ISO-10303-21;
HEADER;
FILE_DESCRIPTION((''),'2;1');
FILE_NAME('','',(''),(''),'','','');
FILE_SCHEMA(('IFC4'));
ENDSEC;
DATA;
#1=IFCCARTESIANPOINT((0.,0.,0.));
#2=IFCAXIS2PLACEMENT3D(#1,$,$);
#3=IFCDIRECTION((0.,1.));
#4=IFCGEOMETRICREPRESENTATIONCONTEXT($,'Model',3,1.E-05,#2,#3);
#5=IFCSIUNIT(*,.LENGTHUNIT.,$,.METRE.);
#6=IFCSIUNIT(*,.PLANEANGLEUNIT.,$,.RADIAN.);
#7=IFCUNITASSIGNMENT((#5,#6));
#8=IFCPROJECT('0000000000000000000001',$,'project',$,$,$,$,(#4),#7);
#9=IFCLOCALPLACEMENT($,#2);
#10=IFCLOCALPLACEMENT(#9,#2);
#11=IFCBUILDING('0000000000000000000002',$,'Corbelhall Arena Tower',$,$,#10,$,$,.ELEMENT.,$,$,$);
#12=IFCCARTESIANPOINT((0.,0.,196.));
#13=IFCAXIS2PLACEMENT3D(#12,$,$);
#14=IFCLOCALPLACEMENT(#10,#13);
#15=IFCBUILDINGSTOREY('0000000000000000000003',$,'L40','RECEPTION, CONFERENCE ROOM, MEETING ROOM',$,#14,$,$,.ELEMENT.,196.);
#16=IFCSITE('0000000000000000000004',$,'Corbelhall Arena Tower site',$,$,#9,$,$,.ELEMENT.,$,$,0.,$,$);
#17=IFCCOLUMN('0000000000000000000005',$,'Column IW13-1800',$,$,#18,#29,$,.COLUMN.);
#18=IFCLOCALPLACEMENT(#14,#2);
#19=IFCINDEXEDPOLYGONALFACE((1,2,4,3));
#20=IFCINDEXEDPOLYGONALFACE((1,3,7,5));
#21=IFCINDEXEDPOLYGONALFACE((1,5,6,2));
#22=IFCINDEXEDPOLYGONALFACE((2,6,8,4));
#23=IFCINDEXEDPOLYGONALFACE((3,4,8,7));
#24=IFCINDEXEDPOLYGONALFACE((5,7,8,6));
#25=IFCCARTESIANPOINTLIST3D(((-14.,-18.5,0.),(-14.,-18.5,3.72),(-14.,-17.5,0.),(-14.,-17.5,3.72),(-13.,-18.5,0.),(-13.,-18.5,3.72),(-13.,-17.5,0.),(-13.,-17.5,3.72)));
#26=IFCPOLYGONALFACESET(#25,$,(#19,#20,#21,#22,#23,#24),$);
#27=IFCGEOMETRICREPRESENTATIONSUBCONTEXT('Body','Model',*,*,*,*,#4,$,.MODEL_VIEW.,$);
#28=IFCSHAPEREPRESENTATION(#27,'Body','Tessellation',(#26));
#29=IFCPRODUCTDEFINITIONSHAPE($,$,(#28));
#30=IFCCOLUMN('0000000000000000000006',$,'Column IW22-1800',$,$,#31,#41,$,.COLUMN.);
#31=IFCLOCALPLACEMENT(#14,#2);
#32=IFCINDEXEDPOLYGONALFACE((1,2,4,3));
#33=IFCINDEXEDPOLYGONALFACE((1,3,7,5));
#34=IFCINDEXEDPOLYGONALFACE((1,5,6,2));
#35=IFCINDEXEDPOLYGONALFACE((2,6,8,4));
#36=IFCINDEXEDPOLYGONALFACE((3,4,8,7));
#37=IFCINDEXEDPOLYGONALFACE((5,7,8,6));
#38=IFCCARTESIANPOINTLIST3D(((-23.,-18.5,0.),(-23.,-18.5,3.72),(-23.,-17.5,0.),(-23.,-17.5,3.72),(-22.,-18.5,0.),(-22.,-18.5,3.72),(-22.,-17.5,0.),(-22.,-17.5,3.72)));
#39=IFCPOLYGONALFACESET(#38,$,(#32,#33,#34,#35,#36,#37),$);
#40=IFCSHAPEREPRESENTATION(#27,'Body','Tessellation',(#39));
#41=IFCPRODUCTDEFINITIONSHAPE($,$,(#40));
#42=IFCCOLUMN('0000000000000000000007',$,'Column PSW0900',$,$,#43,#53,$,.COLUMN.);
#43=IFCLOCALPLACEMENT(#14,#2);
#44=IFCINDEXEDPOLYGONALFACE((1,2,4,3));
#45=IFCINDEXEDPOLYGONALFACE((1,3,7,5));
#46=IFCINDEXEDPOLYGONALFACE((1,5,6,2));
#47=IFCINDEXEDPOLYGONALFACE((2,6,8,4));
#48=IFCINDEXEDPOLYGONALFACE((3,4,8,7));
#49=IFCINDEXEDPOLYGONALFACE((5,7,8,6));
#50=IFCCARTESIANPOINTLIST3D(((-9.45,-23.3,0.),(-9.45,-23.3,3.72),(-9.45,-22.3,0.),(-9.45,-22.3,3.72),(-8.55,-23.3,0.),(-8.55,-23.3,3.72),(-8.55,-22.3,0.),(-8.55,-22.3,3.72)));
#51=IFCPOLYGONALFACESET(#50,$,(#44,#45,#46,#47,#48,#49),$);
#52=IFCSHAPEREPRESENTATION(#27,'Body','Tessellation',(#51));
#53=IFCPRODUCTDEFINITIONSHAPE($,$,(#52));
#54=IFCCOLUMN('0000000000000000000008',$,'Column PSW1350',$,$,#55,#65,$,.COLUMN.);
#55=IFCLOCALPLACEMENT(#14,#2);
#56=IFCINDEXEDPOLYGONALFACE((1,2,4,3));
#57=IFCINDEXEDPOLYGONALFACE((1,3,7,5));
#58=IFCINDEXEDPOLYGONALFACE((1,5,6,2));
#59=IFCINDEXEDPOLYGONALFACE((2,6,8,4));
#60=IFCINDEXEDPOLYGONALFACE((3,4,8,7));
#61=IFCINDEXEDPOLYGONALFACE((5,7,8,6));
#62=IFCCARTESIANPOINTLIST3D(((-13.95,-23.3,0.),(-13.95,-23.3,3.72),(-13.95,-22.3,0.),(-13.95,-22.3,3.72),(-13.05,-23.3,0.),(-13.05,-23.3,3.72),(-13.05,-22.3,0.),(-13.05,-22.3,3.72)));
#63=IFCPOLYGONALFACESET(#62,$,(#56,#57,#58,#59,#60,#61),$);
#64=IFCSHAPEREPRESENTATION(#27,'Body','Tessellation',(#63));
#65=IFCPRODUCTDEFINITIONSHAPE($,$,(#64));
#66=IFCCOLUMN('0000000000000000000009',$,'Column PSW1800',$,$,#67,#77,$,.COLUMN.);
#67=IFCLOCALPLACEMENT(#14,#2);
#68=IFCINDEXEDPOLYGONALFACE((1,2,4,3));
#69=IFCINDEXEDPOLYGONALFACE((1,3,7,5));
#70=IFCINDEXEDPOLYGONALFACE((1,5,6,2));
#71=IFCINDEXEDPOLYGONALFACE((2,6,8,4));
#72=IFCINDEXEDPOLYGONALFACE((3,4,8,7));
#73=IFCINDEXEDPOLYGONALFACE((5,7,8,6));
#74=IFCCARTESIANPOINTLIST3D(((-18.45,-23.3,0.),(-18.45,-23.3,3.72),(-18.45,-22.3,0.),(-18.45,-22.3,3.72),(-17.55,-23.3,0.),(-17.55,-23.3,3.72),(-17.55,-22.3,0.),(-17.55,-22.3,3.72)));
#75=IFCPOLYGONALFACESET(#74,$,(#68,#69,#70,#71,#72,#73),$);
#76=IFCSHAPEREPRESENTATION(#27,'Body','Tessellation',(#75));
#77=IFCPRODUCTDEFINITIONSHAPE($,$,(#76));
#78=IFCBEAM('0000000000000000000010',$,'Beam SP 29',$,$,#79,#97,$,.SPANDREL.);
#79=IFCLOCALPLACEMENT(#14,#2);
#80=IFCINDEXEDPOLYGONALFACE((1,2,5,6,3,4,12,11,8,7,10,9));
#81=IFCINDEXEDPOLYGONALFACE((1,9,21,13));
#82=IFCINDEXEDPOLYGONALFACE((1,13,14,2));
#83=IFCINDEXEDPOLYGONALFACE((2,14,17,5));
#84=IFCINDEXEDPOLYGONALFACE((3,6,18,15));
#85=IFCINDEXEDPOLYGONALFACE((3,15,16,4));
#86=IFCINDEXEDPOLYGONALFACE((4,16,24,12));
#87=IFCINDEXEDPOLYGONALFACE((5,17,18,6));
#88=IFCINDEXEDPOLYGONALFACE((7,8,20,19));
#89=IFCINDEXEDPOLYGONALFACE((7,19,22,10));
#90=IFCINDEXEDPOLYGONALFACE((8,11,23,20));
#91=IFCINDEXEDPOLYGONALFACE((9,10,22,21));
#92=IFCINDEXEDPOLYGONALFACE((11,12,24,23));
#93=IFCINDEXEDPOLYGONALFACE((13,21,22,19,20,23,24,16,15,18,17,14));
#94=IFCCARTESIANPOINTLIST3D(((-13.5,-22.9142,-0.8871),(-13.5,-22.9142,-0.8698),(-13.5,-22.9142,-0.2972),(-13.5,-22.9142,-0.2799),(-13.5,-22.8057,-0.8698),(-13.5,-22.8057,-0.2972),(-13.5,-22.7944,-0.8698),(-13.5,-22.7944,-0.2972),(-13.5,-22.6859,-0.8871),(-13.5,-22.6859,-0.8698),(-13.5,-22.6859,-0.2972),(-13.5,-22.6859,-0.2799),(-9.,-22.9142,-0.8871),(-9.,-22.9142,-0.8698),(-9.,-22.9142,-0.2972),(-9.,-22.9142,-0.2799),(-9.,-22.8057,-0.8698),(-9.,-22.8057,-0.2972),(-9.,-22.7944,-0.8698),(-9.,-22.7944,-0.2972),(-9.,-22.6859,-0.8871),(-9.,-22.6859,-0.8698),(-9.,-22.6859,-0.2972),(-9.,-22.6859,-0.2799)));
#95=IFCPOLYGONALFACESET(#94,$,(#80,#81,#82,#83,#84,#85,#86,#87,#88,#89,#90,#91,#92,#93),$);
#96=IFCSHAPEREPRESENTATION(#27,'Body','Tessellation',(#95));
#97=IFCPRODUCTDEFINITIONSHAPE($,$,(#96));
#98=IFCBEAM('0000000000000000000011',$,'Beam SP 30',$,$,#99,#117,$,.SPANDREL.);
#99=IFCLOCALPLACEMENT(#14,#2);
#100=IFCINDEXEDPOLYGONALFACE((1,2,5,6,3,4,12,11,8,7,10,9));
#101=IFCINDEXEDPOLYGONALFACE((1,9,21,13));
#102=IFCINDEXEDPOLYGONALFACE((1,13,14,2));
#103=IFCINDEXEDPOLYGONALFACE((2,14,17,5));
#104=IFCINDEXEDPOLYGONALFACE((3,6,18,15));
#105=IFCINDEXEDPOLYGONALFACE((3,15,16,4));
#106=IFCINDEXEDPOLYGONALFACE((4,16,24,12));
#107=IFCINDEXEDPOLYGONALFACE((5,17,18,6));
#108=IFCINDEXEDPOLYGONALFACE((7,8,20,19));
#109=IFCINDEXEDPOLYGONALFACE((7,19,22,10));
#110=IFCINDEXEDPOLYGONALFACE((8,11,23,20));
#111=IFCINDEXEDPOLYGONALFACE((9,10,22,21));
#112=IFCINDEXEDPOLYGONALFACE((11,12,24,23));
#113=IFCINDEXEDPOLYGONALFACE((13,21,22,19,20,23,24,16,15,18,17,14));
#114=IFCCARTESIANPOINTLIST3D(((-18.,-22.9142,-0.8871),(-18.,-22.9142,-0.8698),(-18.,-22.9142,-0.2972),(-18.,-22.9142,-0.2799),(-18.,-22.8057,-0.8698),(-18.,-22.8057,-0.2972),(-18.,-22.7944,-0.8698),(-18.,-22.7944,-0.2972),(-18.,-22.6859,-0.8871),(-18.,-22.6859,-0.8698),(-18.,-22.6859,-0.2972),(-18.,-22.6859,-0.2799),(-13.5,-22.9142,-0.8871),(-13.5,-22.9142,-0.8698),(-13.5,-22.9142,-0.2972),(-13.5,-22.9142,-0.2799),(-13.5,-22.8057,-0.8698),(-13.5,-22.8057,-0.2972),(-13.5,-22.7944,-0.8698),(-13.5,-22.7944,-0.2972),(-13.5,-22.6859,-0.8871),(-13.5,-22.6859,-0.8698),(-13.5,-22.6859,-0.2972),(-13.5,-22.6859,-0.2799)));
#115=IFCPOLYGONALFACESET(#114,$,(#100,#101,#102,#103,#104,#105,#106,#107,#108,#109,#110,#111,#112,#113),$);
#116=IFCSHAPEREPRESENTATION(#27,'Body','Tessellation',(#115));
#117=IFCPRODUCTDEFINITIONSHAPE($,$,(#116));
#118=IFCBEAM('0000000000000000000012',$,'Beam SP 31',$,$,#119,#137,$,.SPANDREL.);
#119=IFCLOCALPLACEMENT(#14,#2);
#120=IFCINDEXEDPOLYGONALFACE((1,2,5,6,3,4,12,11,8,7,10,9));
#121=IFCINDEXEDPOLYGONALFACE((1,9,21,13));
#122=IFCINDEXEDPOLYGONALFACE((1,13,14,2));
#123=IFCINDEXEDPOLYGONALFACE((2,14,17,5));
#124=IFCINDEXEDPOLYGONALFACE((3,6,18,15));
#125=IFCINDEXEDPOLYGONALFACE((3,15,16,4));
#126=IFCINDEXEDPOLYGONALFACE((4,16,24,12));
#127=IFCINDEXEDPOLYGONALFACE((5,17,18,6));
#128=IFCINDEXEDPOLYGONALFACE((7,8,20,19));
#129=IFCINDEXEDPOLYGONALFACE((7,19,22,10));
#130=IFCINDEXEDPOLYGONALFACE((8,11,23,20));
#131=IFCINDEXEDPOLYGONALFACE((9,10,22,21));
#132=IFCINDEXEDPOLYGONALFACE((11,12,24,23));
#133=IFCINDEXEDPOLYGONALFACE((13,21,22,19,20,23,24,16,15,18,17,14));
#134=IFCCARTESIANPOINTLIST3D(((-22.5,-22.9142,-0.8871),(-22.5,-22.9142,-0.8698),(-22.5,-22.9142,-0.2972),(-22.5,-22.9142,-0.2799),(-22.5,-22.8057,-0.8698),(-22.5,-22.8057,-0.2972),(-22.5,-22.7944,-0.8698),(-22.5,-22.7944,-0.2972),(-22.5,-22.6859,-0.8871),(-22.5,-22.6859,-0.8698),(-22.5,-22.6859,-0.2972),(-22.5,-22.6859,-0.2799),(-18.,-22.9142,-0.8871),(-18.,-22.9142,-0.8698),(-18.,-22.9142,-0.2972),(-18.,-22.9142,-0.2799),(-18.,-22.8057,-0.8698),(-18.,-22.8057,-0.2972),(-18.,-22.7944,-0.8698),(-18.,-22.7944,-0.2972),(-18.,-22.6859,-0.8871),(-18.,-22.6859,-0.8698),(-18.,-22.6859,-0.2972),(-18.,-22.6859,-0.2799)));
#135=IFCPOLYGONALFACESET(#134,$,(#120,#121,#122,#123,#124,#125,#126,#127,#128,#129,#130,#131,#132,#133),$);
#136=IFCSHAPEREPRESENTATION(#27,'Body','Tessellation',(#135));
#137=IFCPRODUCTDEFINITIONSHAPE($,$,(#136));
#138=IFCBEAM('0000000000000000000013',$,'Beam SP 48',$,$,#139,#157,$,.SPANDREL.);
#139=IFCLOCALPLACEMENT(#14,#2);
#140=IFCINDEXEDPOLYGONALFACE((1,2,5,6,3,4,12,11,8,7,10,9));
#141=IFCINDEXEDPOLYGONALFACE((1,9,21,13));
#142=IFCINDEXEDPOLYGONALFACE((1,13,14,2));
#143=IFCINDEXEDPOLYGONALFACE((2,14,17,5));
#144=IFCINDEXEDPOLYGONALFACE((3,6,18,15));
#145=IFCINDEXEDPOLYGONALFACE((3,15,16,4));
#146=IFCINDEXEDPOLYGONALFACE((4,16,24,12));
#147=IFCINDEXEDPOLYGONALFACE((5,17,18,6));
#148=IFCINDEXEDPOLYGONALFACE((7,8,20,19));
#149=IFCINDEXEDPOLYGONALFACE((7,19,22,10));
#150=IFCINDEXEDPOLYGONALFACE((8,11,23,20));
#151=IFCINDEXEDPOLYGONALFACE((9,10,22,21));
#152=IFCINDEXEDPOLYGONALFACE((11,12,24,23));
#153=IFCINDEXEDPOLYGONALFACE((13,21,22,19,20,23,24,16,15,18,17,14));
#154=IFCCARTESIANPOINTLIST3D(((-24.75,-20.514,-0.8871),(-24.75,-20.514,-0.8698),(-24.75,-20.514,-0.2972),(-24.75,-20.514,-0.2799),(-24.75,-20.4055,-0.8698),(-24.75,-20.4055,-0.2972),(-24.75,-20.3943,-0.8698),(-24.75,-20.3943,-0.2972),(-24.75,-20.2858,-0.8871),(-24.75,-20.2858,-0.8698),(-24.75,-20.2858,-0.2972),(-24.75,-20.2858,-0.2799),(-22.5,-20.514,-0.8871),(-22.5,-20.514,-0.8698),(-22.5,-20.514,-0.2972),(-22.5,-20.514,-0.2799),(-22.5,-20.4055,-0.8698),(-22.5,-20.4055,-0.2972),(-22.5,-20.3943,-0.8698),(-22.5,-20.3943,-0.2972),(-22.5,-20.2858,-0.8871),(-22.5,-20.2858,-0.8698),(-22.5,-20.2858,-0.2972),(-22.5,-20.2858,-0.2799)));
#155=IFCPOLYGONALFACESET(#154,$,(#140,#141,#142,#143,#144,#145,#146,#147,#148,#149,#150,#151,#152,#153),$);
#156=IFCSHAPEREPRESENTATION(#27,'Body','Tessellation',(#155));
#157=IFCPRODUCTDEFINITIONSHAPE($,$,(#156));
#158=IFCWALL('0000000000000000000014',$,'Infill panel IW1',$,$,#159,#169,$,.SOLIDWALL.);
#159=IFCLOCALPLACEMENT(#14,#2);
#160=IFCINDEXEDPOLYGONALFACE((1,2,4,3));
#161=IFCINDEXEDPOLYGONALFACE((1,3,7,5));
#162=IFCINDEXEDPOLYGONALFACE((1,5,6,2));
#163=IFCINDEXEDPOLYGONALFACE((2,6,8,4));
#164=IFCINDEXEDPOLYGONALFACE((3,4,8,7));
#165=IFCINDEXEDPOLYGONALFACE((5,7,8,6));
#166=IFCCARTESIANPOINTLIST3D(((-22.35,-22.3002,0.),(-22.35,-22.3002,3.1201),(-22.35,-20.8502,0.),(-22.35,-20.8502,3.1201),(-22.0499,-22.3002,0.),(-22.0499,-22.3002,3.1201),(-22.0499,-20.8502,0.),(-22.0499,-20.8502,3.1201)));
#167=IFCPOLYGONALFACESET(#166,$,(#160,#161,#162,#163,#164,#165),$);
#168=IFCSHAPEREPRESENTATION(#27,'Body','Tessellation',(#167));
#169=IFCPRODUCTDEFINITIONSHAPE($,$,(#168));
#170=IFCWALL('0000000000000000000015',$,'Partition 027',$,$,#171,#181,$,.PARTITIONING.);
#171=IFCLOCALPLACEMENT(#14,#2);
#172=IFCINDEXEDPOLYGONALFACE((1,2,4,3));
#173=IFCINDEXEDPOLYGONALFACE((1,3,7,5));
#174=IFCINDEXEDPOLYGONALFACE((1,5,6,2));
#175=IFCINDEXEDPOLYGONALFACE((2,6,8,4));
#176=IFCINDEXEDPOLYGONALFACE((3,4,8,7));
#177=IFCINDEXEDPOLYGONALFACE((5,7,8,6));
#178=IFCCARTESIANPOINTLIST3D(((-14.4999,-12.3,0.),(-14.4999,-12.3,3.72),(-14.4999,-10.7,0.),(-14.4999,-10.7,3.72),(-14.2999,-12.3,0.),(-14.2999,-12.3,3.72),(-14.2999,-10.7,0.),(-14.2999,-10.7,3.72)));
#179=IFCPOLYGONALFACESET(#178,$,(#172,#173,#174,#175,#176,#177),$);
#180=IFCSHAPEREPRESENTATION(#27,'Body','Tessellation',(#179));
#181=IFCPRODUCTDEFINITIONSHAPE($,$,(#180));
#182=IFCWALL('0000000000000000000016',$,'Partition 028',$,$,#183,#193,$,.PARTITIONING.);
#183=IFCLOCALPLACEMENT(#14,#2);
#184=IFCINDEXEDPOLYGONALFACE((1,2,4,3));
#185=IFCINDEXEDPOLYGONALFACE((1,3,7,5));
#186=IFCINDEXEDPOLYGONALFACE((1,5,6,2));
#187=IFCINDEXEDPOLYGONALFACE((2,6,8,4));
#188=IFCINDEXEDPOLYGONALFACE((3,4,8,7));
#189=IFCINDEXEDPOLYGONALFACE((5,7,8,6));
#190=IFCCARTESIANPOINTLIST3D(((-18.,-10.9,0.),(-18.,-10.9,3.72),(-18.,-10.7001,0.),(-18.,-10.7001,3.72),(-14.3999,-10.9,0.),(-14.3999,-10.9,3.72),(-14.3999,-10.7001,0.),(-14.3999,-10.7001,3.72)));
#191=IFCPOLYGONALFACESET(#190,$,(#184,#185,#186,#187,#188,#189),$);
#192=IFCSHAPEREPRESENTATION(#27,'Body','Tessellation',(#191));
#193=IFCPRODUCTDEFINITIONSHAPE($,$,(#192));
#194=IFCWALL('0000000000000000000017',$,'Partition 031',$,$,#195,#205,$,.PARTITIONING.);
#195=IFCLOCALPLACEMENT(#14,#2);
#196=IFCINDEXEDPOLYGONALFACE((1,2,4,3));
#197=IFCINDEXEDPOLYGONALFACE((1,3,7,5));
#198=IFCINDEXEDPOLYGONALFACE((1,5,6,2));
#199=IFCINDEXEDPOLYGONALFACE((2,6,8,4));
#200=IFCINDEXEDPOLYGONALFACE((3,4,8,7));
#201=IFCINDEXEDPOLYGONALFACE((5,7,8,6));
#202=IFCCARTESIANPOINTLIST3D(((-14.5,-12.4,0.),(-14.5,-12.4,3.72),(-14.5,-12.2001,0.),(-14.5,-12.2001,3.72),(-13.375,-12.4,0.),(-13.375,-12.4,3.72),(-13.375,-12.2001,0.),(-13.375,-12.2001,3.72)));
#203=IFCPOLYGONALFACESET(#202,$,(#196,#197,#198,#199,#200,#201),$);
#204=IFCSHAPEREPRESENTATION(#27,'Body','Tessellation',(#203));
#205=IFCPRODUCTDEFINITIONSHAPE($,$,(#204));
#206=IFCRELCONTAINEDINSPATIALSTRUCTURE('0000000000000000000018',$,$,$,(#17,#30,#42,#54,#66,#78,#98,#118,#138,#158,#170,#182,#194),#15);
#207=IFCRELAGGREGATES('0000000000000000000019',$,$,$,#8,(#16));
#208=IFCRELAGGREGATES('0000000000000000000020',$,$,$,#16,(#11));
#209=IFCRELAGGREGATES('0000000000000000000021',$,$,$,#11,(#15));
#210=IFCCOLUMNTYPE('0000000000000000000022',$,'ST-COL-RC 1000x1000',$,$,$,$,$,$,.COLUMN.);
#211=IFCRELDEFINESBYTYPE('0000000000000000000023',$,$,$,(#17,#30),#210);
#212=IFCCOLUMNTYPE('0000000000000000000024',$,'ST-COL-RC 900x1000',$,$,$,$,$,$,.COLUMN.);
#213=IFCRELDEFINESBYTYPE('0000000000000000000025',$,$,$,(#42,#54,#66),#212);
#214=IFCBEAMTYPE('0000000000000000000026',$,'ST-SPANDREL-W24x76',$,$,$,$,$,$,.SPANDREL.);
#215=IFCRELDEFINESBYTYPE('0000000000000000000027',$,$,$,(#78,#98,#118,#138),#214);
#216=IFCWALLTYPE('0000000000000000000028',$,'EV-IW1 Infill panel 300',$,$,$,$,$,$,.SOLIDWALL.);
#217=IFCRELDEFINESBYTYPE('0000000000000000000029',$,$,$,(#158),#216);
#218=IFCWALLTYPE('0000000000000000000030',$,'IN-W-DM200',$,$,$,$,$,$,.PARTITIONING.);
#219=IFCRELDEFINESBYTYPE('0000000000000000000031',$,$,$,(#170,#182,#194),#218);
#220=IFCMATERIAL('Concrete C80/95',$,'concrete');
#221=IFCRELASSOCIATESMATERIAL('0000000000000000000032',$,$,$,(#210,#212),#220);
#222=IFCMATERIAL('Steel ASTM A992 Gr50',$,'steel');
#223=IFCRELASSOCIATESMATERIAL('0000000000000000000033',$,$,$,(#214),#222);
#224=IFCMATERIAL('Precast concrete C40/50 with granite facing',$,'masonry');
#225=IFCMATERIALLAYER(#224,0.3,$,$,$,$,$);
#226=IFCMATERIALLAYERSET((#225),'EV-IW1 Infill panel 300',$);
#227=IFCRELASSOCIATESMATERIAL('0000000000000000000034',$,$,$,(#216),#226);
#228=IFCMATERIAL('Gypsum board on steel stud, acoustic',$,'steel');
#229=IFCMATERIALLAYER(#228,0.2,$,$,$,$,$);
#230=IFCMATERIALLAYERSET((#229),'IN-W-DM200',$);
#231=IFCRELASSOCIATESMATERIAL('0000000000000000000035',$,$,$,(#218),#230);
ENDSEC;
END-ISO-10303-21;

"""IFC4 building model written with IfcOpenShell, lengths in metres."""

from ifc_helpers import new_model, si_unit, direction, frame, frame_2d, origin, origin_2d, place, context, subcontext, project, spatial, rectangle, i_section, extrude, material, layer, layer_set, material_profile, profile_set, type_object, element, save


model = new_model("IFC4")

# Units and contexts
model_context = context("Model", 3, precision=1e-05, world=origin(), true_north=direction((0.0, 1.0)))
body_context = subcontext(model_context, "Body", "Model", "MODEL_VIEW")
ifc_project = project(units=[si_unit("LENGTHUNIT", "METRE"), si_unit("PLANEANGLEUNIT", "RADIAN")], contexts=[model_context])

# Site, building, storey
site_placement = place(None, origin())
site = spatial("IfcSite", under=ifc_project, at=site_placement, Name="Corbelhall Arena Tower site", CompositionType="ELEMENT", RefElevation=0.0)
building_placement = place(site_placement, origin())
building = spatial("IfcBuilding", under=site, at=building_placement, Name="Corbelhall Arena Tower", CompositionType="ELEMENT")
storey_placement = place(building_placement, frame((0.0, 0.0, 196.0)))
storey = spatial("IfcBuildingStorey", under=building, at=storey_placement, Name="L40", Description="RECEPTION, CONFERENCE ROOM, MEETING ROOM", CompositionType="ELEMENT", Elevation=196.0)

# Columns
ifc_material_1 = material(Name="Concrete C80/95", Category="concrete")
ifc_material_profile_1 = material_profile(ifc_material_1, rectangle(XDim=1.0, YDim=1.0, at=origin_2d()))
ifc_profile_set_1 = profile_set([ifc_material_profile_1], Name="Concrete C80/95")
column_type_1 = type_object("IfcColumnType", Name="ST-COL-RC 1000x1000", PredefinedType="COLUMN", material=ifc_profile_set_1)
for number, where, z_axis, x_axis, name in (
    (1, (-13.5, -18.0, 0.0), (0.0, 0.0, 1.0), (1.0, 0.0, 0.0), "Column IW13-1800"),
    (2, (-22.5, -18.0, 0.0), (0.0, 0.0, 1.0), (1.0, 0.0, 0.0), "Column IW22-1800"),
):
    element("IfcColumn", number, at=place(storey_placement, frame(where, z_axis=z_axis, x_axis=x_axis)), inside=storey, type_object=column_type_1, Name=name, PredefinedType="COLUMN", context=body_context, shape_type="SweptSolid", body=[
        extrude(rectangle(XDim=1.0, YDim=1.0, at=origin_2d()), origin(), (0.0, 0.0, 1.0), 3.72),
    ])
ifc_material_profile_2 = material_profile(ifc_material_1, rectangle(XDim=0.8999, YDim=1.0, at=origin_2d()))
ifc_profile_set_2 = profile_set([ifc_material_profile_2], Name="Concrete C80/95")
column_type_2 = type_object("IfcColumnType", Name="ST-COL-RC 900x1000", PredefinedType="COLUMN", material=ifc_profile_set_2)
for number, where, z_axis, x_axis, name in (
    (3, (-9.0, -22.8, 0.0), (0.0, 0.0, 1.0), (1.0, 0.0, 0.0), "Column PSW0900"),
    (4, (-13.5, -22.8, 0.0), (0.0, 0.0, 1.0), (1.0, 0.0, 0.0), "Column PSW1350"),
    (5, (-18.0, -22.8, 0.0), (0.0, 0.0, 1.0), (1.0, 0.0, 0.0), "Column PSW1800"),
):
    element("IfcColumn", number, at=place(storey_placement, frame(where, z_axis=z_axis, x_axis=x_axis)), inside=storey, type_object=column_type_2, Name=name, PredefinedType="COLUMN", context=body_context, shape_type="SweptSolid", body=[
        extrude(rectangle(XDim=0.8999, YDim=1.0, at=origin_2d()), origin(), (0.0, 0.0, 1.0), 3.72),
    ])

# Beams
ifc_material_2 = material(Name="Steel ASTM A992 Gr50", Category="steel")
ifc_material_profile_3 = material_profile(ifc_material_2, i_section(OverallWidth=0.2283, OverallDepth=0.6072, WebThickness=0.0112, FlangeThickness=0.0173, at=origin_2d()))
ifc_profile_set_3 = profile_set([ifc_material_profile_3], Name="Steel ASTM A992 Gr50")
beam_type = type_object("IfcBeamType", Name="ST-SPANDREL-W24x76", PredefinedType="SPANDREL", material=ifc_profile_set_3)
for number, where, z_axis, x_axis, name in (
    (6, (-9.0, -22.8, -0.5835), (-1.0, 0.0, 0.0), (0.0, -1.0, 0.0), "Beam SP 29"),
    (7, (-13.5, -22.8, -0.5835), (-1.0, 0.0, 0.0), (0.0, -1.0, 0.0), "Beam SP 30"),
    (8, (-18.0, -22.8, -0.5835), (-1.0, 0.0, 0.0), (0.0, -1.0, 0.0), "Beam SP 31"),
):
    element("IfcBeam", number, at=place(storey_placement, frame(where, z_axis=z_axis, x_axis=x_axis)), inside=storey, type_object=beam_type, Name=name, PredefinedType="SPANDREL", context=body_context, shape_type="SweptSolid", body=[
        extrude(i_section(OverallWidth=0.2283, OverallDepth=0.6072, WebThickness=0.0112, FlangeThickness=0.0173, at=origin_2d()), origin(), (0.0, 0.0, 1.0), 4.5),
    ])
beam_placement = place(storey_placement, frame((-22.5, -20.3999, -0.5835), z_axis=(-1.0, 0.0, 0.0), x_axis=(0.0, -1.0, 0.0)))
element("IfcBeam", 9, at=beam_placement, inside=storey, type_object=beam_type, Name="Beam SP 48", PredefinedType="SPANDREL", context=body_context, shape_type="SweptSolid", body=[
    extrude(i_section(OverallWidth=0.2283, OverallDepth=0.6072, WebThickness=0.0112, FlangeThickness=0.0173, at=origin_2d()), origin(), (0.0, 0.0, 1.0), 2.25),
])

# Wall
ifc_material_3 = material(Name="Precast concrete C40/50 with granite facing", Category="masonry")
ifc_layer_1 = layer(ifc_material_3, 0.3)
ifc_layer_set_1 = layer_set([ifc_layer_1], Name="EV-IW1 Infill panel 300")
wall_type_1 = type_object("IfcWallType", Name="EV-IW1 Infill panel 300", PredefinedType="SOLIDWALL", material=ifc_layer_set_1)
wall_1_placement = place(storey_placement, frame((-22.2, -20.8501, 0.0), z_axis=(0.0, 0.0, 1.0), x_axis=(0.0, -1.0, 0.0)))
element("IfcWall", 10, at=wall_1_placement, inside=storey, type_object=wall_type_1, Name="Infill panel IW1", PredefinedType="SOLIDWALL", context=body_context, shape_type="SweptSolid", body=[
    extrude(rectangle(XDim=1.45, YDim=0.3, at=frame_2d((0.7251, 0.0))), origin(), (0.0, 0.0, 1.0), 3.1201),
])

# Shared definitions
ifc_material_4 = material(Name="Gypsum board on steel stud, acoustic", Category="steel")
ifc_layer_2 = layer(ifc_material_4, 0.2)
ifc_layer_set_2 = layer_set([ifc_layer_2], Name="IN-W-DM200")
wall_type_2 = type_object("IfcWallType", Name="IN-W-DM200", PredefinedType="PARTITIONING", material=ifc_layer_set_2)

# Walls
wall_2_placement = place(storey_placement, frame((-14.3999, -12.3, 0.0), z_axis=(0.0, 0.0, 1.0), x_axis=(0.0, 1.0, 0.0)))
element("IfcWall", 11, at=wall_2_placement, inside=storey, type_object=wall_type_2, Name="Partition 027", PredefinedType="PARTITIONING", context=body_context, shape_type="SweptSolid", body=[
    extrude(rectangle(XDim=1.6001, YDim=0.2, at=frame_2d((0.8, 0.0))), origin(), (0.0, 0.0, 1.0), 3.72),
])
wall_3_placement = place(storey_placement, frame((-14.3999, -10.8, 0.0), z_axis=(0.0, 0.0, 1.0), x_axis=(-1.0, 0.0, 0.0)))
element("IfcWall", 12, at=wall_3_placement, inside=storey, type_object=wall_type_2, Name="Partition 028", PredefinedType="PARTITIONING", context=body_context, shape_type="SweptSolid", body=[
    extrude(rectangle(XDim=3.6001, YDim=0.2, at=frame_2d((1.8, 0.0))), origin(), (0.0, 0.0, 1.0), 3.72),
])
wall_4_placement = place(storey_placement, frame((-13.375, -12.3, 0.0), z_axis=(0.0, 0.0, 1.0), x_axis=(-1.0, 0.0, 0.0)))
element("IfcWall", 13, at=wall_4_placement, inside=storey, type_object=wall_type_2, Name="Partition 031", PredefinedType="PARTITIONING", context=body_context, shape_type="SweptSolid", body=[
    extrude(rectangle(XDim=1.125, YDim=0.2, at=frame_2d((0.5625, 0.0))), origin(), (0.0, 0.0, 1.0), 3.72),
])

save(model, "model.ifc")
